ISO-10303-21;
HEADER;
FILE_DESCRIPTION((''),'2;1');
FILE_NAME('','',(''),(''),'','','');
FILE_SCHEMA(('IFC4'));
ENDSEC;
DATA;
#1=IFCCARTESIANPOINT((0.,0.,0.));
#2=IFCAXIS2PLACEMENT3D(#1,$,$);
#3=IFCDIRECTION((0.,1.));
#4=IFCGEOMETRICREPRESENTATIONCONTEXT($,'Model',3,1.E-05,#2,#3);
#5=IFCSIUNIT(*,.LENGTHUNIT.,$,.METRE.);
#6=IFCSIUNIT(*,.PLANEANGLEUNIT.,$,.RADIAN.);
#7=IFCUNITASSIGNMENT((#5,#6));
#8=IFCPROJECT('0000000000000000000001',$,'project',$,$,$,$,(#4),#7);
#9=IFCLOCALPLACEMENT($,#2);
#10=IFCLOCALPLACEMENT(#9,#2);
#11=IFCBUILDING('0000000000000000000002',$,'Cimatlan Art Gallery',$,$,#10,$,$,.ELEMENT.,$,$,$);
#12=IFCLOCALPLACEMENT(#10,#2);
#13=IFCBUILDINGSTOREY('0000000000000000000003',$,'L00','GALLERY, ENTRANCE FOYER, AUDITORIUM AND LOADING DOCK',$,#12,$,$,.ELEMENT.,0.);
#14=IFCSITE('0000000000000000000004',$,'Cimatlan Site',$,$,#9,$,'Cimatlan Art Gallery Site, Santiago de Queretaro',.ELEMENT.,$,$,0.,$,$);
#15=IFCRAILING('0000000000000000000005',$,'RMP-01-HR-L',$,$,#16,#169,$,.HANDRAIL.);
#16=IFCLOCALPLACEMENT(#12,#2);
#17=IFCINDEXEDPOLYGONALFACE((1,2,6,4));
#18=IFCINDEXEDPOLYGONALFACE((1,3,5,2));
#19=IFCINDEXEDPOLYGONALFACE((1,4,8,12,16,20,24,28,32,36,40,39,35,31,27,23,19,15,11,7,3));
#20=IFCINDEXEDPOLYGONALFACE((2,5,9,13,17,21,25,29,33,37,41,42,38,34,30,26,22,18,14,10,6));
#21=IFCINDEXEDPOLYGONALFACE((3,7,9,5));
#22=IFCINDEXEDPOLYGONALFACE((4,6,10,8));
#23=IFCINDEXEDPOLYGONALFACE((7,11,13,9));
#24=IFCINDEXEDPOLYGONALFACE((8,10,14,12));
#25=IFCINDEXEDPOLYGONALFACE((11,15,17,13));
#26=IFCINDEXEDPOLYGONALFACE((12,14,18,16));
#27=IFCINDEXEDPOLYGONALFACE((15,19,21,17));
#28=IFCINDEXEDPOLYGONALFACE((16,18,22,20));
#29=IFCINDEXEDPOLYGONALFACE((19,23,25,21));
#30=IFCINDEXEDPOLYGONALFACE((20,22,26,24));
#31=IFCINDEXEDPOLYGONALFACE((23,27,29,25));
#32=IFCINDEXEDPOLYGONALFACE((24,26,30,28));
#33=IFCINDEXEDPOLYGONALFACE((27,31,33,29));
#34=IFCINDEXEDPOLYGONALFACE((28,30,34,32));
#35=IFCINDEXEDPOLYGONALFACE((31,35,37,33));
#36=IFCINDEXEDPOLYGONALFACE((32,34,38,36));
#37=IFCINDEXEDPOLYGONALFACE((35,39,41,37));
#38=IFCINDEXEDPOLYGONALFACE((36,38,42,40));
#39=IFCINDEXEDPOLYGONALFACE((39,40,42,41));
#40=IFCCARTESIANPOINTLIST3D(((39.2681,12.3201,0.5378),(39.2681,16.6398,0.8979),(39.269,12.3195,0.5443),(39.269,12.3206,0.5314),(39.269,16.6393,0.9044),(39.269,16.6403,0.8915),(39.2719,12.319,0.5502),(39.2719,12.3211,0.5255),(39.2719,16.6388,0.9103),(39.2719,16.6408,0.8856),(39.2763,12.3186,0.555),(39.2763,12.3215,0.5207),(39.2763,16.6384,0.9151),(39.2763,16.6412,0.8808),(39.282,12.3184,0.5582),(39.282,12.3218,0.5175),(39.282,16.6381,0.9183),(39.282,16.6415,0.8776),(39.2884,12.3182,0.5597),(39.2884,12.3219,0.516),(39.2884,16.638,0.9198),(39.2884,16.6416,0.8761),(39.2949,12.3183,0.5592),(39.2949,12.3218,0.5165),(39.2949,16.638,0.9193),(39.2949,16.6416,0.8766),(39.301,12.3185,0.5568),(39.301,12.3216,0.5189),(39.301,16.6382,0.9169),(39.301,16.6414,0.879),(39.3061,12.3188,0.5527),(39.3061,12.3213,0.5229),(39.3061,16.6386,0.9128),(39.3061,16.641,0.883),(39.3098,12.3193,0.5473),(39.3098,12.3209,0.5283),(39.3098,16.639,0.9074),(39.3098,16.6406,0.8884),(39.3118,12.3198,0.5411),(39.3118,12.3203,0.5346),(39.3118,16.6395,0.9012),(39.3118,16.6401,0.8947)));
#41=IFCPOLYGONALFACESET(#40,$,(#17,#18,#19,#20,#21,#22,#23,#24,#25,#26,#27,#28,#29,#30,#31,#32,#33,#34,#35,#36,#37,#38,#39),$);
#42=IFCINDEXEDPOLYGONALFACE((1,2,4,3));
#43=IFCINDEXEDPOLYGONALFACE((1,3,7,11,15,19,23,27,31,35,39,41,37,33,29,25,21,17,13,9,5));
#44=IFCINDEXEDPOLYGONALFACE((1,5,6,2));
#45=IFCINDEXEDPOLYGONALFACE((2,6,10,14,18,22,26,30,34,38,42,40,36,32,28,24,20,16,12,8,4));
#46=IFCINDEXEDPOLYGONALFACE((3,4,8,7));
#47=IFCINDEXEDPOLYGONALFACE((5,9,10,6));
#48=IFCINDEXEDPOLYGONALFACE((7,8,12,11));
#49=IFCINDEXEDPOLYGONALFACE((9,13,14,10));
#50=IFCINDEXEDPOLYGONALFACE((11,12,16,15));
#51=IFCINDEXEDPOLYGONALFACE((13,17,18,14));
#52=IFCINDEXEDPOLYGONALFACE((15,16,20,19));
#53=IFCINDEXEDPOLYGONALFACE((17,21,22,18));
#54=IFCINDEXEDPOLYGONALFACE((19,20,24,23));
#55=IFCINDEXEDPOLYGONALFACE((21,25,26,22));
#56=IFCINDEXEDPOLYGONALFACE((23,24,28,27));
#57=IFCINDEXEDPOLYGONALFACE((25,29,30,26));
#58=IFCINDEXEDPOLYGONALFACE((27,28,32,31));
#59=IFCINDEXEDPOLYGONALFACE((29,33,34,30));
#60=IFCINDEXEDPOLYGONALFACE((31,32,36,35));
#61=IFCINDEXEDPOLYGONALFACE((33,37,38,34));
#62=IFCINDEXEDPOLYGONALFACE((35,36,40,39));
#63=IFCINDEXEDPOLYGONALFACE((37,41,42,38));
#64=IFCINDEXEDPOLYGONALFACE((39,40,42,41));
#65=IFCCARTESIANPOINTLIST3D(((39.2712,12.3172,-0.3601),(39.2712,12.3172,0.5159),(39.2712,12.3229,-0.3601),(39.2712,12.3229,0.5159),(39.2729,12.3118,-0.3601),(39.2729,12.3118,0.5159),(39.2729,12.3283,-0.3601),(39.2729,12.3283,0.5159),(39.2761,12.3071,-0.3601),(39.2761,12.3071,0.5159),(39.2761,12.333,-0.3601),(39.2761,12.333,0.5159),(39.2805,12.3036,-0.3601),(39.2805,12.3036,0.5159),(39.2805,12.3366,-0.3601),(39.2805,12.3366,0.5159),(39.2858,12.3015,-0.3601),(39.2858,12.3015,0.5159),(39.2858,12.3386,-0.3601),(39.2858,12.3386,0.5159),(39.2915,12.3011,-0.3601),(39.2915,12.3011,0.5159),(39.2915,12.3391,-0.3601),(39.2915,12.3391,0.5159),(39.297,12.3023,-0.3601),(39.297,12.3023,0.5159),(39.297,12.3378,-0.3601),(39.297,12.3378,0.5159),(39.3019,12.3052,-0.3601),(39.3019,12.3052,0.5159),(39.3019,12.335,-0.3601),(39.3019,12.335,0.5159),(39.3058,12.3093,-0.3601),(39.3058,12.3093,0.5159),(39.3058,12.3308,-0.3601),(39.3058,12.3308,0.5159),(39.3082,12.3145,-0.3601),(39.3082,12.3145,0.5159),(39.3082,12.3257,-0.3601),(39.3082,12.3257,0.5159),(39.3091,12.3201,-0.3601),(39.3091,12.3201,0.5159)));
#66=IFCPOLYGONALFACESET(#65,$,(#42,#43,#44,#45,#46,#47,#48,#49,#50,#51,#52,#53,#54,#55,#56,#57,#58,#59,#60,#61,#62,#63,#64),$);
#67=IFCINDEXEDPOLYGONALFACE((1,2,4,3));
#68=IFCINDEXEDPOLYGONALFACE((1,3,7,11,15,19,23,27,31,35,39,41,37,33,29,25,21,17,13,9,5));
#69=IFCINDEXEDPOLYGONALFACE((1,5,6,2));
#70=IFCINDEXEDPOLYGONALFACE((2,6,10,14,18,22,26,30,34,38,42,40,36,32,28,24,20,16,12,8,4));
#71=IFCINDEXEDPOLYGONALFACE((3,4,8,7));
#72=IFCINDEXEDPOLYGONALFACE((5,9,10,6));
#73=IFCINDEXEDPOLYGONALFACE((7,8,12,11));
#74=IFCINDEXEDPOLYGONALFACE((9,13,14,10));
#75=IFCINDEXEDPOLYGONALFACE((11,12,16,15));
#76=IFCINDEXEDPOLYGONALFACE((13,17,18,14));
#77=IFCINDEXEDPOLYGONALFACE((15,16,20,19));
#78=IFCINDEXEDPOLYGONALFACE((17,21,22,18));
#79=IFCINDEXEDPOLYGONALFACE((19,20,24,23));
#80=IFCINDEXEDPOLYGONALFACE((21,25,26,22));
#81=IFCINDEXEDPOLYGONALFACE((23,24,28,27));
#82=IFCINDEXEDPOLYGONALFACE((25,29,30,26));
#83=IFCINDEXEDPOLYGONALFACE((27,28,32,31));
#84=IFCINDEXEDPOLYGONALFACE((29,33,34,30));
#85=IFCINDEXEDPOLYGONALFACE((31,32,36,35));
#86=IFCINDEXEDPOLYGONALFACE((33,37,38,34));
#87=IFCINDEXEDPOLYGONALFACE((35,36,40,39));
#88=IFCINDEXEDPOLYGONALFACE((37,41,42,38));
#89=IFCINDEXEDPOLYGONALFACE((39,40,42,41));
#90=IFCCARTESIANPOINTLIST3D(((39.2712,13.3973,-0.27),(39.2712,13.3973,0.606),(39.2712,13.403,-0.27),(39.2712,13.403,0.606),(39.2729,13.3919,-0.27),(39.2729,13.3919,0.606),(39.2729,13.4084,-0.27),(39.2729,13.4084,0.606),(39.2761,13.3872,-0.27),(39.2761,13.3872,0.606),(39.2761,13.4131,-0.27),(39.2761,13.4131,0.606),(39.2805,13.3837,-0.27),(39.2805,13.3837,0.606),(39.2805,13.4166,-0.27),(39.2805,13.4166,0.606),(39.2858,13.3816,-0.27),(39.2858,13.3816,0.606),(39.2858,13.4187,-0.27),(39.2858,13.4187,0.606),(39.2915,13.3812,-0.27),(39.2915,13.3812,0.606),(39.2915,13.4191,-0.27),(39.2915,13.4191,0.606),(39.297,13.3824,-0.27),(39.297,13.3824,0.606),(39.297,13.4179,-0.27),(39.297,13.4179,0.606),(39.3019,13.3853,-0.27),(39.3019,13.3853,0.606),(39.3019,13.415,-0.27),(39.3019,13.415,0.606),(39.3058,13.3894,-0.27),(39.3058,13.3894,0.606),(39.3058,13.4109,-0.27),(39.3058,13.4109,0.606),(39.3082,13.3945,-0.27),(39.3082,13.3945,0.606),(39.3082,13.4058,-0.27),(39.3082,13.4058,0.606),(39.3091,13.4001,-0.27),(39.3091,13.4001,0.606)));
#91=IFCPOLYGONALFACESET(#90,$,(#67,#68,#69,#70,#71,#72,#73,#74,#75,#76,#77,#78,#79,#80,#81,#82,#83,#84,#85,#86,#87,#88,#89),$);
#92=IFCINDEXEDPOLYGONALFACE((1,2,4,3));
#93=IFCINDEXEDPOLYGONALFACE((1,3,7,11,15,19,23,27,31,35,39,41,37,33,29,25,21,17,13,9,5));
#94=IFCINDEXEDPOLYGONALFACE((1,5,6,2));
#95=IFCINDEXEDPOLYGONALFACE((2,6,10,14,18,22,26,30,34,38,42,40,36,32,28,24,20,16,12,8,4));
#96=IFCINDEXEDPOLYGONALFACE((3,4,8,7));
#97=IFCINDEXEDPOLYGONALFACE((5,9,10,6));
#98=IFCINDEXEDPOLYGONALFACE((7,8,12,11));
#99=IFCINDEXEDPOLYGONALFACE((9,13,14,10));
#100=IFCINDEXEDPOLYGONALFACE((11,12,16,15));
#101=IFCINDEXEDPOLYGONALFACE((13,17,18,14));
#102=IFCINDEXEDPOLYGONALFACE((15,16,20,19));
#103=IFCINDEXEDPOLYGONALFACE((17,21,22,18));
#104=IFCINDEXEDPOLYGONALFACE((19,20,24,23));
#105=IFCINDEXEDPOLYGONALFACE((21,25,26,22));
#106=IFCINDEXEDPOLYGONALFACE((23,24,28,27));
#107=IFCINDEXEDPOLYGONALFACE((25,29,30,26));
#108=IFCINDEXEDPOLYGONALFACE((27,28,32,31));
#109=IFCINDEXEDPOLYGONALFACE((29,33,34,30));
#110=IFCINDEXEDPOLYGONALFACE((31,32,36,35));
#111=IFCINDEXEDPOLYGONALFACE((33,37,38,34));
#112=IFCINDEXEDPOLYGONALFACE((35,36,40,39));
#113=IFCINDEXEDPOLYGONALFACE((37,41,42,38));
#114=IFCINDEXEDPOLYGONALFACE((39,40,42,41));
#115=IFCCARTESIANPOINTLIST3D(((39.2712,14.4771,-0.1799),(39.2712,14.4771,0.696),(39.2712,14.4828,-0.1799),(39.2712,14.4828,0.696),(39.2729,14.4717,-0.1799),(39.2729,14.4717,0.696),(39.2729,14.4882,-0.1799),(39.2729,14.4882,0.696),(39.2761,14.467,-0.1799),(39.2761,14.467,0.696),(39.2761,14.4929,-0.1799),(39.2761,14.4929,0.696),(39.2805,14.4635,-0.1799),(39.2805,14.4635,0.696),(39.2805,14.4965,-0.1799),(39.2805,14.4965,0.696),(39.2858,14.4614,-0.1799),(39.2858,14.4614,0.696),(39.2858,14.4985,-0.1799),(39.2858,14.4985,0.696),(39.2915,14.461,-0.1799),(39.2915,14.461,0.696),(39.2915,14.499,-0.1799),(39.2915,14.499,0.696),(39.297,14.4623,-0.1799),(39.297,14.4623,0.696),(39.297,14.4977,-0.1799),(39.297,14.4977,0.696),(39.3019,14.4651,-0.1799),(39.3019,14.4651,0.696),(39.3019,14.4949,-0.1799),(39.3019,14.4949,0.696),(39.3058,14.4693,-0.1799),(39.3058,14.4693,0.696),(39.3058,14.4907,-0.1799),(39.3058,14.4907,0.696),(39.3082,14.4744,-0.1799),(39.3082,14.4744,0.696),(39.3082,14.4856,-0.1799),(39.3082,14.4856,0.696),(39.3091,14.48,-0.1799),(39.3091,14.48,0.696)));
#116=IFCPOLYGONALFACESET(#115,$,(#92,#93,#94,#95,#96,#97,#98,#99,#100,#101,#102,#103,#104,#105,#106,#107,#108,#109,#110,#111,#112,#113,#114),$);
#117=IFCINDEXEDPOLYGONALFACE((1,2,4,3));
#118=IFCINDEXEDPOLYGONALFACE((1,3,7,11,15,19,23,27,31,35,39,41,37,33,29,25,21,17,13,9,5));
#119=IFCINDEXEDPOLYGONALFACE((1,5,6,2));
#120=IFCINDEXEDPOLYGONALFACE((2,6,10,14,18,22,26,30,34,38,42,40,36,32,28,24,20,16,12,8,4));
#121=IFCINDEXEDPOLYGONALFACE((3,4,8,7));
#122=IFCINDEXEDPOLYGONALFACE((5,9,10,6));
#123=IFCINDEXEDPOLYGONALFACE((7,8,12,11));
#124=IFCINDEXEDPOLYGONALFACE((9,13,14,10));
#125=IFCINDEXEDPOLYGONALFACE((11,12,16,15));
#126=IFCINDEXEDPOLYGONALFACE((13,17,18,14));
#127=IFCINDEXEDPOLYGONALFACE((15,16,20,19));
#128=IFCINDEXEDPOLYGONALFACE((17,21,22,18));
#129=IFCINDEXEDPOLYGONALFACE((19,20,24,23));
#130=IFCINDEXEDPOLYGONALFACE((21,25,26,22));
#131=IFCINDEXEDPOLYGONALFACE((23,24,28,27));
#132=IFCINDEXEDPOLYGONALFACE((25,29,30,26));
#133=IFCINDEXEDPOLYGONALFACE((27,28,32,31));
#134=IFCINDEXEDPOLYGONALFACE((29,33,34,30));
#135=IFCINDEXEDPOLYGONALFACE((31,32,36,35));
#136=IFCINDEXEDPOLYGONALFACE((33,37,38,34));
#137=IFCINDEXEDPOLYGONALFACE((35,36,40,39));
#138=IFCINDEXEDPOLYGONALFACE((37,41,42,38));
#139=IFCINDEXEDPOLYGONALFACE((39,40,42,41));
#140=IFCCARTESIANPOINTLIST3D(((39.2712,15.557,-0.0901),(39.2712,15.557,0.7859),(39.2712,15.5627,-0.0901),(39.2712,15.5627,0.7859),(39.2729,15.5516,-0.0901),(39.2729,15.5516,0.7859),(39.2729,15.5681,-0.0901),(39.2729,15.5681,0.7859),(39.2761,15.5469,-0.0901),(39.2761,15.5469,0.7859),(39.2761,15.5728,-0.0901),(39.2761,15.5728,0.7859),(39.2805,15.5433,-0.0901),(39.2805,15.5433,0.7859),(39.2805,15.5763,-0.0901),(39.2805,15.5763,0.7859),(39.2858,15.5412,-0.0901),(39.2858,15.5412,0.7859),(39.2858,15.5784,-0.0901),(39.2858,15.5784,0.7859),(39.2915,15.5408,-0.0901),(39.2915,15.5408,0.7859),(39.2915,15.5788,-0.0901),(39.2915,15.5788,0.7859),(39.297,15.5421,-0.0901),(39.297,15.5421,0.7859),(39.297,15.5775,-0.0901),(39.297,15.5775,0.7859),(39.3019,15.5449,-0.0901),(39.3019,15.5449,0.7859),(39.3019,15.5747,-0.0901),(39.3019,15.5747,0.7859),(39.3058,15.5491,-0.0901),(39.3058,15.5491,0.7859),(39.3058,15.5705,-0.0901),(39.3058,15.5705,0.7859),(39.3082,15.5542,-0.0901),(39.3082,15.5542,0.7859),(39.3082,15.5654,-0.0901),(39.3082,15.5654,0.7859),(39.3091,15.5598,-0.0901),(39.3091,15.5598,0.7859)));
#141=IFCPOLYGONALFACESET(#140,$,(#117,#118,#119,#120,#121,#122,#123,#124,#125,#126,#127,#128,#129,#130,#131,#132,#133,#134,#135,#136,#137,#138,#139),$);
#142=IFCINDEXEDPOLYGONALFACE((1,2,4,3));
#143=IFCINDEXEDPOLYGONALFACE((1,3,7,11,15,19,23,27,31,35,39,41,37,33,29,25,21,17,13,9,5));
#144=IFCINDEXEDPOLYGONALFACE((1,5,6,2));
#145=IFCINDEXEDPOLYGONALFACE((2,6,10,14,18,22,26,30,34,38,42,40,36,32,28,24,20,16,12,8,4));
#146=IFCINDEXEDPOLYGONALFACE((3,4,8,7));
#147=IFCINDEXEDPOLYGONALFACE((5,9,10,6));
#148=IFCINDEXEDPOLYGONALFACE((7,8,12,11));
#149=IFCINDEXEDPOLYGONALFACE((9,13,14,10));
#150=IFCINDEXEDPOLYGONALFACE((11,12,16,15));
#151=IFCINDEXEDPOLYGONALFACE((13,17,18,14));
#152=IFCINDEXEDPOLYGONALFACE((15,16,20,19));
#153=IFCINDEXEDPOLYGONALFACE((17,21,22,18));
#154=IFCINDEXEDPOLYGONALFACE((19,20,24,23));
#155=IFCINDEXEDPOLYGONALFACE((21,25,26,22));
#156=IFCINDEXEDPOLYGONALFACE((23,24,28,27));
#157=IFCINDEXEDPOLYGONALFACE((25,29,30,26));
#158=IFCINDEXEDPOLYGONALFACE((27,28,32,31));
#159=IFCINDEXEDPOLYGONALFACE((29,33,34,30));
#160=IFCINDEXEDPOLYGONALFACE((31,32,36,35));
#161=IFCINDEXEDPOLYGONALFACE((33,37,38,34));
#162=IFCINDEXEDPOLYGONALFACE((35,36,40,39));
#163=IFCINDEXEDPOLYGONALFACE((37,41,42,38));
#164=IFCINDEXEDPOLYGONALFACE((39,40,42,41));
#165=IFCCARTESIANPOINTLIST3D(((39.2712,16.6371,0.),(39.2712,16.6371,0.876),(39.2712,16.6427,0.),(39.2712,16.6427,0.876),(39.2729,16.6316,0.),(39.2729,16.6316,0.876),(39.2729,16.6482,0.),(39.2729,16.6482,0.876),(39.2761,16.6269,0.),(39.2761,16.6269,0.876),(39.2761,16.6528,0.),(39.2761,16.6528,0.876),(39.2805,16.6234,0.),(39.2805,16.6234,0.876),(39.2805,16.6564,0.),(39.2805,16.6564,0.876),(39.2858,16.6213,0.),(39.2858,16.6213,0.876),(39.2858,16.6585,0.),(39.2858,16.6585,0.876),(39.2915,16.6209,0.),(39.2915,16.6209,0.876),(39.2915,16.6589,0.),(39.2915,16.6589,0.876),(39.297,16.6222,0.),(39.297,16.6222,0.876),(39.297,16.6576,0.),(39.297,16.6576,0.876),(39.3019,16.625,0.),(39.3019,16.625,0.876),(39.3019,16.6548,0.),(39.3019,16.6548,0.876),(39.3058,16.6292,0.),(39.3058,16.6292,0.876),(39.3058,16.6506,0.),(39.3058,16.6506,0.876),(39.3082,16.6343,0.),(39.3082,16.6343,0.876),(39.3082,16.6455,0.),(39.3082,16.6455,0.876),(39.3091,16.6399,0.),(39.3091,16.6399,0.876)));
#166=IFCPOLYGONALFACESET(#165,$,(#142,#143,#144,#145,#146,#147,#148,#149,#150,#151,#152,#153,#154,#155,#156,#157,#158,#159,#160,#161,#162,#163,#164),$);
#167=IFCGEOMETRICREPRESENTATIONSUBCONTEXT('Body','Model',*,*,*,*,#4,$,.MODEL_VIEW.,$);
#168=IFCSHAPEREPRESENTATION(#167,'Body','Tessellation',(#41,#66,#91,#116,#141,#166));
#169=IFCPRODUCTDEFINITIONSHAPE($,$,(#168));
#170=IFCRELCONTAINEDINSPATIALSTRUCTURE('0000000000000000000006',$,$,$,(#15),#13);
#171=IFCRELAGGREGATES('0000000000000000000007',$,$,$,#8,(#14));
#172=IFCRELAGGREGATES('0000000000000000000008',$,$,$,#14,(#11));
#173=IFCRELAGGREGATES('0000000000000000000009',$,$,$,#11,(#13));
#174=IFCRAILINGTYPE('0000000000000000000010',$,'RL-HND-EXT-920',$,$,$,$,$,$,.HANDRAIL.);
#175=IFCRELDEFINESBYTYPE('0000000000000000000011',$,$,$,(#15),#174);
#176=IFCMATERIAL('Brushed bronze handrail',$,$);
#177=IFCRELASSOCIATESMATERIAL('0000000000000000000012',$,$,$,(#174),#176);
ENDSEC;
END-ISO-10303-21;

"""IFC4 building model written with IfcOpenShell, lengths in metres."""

from ifc_helpers import new_model, si_unit, direction, frame, origin, origin_2d, place, context, subcontext, project, spatial, circle, extrude, material, type_object, element, save


model = new_model("IFC4")

# Units and contexts
model_context = context("Model", 3, precision=1e-05, world=origin(), true_north=direction((0.0, 1.0)))
body_context = subcontext(model_context, "Body", "Model", "MODEL_VIEW")
ifc_project = project(units=[si_unit("LENGTHUNIT", "METRE"), si_unit("PLANEANGLEUNIT", "RADIAN")], contexts=[model_context])

# Site, building, storey
site_placement = place(None, origin())
site = spatial("IfcSite", under=ifc_project, at=site_placement, Name="Cimatlan Site", LongName="Cimatlan Art Gallery Site, Santiago de Queretaro", CompositionType="ELEMENT", RefElevation=0.0)
building_placement = place(site_placement, origin())
building = spatial("IfcBuilding", under=site, at=building_placement, Name="Cimatlan Art Gallery", CompositionType="ELEMENT")
storey_placement = place(building_placement, origin())
storey = spatial("IfcBuildingStorey", under=building, at=storey_placement, Name="L00", Description="GALLERY, ENTRANCE FOYER, AUDITORIUM AND LOADING DOCK", CompositionType="ELEMENT", Elevation=0.0)

# Railing
ifc_material_1 = material(Name="Brushed bronze handrail")
railing_type = type_object("IfcRailingType", Name="RL-HND-EXT-920", PredefinedType="HANDRAIL", material=ifc_material_1)
for number, where, name in (
    (1, (39.29, 12.3201, -0.3601), "RMP-01-HR-L"),
):
    element("IfcRailing", number, at=place(storey_placement, frame(where)), inside=storey, type_object=railing_type, Name=name, PredefinedType="HANDRAIL", context=body_context, shape_type="SweptSolid", body=[
        extrude(circle(Radius=0.022, at=origin_2d()), frame((0.0, 0.0, 0.8979), z_axis=(0.0, 0.996543, 0.083073), x_axis=(-1.0, 0.0, 0.0)), (0.0, 0.0, 1.0), 4.3347),
        extrude(circle(Radius=0.019, at=origin_2d()), origin(), (0.0, 0.0, 1.0), 0.876),
        extrude(circle(Radius=0.019, at=origin_2d()), frame((0.0, 1.0801, 0.0901)), (0.0, 0.0, 1.0), 0.876),
        extrude(circle(Radius=0.019, at=origin_2d()), frame((0.0, 2.1599, 0.1802)), (0.0, 0.0, 1.0), 0.876),
        extrude(circle(Radius=0.019, at=origin_2d()), frame((0.0, 3.2397, 0.27)), (0.0, 0.0, 1.0), 0.876),
        extrude(circle(Radius=0.019, at=origin_2d()), frame((0.0, 4.3198, 0.3601)), (0.0, 0.0, 1.0), 0.876),
    ])

save(model, "model.ifc")
